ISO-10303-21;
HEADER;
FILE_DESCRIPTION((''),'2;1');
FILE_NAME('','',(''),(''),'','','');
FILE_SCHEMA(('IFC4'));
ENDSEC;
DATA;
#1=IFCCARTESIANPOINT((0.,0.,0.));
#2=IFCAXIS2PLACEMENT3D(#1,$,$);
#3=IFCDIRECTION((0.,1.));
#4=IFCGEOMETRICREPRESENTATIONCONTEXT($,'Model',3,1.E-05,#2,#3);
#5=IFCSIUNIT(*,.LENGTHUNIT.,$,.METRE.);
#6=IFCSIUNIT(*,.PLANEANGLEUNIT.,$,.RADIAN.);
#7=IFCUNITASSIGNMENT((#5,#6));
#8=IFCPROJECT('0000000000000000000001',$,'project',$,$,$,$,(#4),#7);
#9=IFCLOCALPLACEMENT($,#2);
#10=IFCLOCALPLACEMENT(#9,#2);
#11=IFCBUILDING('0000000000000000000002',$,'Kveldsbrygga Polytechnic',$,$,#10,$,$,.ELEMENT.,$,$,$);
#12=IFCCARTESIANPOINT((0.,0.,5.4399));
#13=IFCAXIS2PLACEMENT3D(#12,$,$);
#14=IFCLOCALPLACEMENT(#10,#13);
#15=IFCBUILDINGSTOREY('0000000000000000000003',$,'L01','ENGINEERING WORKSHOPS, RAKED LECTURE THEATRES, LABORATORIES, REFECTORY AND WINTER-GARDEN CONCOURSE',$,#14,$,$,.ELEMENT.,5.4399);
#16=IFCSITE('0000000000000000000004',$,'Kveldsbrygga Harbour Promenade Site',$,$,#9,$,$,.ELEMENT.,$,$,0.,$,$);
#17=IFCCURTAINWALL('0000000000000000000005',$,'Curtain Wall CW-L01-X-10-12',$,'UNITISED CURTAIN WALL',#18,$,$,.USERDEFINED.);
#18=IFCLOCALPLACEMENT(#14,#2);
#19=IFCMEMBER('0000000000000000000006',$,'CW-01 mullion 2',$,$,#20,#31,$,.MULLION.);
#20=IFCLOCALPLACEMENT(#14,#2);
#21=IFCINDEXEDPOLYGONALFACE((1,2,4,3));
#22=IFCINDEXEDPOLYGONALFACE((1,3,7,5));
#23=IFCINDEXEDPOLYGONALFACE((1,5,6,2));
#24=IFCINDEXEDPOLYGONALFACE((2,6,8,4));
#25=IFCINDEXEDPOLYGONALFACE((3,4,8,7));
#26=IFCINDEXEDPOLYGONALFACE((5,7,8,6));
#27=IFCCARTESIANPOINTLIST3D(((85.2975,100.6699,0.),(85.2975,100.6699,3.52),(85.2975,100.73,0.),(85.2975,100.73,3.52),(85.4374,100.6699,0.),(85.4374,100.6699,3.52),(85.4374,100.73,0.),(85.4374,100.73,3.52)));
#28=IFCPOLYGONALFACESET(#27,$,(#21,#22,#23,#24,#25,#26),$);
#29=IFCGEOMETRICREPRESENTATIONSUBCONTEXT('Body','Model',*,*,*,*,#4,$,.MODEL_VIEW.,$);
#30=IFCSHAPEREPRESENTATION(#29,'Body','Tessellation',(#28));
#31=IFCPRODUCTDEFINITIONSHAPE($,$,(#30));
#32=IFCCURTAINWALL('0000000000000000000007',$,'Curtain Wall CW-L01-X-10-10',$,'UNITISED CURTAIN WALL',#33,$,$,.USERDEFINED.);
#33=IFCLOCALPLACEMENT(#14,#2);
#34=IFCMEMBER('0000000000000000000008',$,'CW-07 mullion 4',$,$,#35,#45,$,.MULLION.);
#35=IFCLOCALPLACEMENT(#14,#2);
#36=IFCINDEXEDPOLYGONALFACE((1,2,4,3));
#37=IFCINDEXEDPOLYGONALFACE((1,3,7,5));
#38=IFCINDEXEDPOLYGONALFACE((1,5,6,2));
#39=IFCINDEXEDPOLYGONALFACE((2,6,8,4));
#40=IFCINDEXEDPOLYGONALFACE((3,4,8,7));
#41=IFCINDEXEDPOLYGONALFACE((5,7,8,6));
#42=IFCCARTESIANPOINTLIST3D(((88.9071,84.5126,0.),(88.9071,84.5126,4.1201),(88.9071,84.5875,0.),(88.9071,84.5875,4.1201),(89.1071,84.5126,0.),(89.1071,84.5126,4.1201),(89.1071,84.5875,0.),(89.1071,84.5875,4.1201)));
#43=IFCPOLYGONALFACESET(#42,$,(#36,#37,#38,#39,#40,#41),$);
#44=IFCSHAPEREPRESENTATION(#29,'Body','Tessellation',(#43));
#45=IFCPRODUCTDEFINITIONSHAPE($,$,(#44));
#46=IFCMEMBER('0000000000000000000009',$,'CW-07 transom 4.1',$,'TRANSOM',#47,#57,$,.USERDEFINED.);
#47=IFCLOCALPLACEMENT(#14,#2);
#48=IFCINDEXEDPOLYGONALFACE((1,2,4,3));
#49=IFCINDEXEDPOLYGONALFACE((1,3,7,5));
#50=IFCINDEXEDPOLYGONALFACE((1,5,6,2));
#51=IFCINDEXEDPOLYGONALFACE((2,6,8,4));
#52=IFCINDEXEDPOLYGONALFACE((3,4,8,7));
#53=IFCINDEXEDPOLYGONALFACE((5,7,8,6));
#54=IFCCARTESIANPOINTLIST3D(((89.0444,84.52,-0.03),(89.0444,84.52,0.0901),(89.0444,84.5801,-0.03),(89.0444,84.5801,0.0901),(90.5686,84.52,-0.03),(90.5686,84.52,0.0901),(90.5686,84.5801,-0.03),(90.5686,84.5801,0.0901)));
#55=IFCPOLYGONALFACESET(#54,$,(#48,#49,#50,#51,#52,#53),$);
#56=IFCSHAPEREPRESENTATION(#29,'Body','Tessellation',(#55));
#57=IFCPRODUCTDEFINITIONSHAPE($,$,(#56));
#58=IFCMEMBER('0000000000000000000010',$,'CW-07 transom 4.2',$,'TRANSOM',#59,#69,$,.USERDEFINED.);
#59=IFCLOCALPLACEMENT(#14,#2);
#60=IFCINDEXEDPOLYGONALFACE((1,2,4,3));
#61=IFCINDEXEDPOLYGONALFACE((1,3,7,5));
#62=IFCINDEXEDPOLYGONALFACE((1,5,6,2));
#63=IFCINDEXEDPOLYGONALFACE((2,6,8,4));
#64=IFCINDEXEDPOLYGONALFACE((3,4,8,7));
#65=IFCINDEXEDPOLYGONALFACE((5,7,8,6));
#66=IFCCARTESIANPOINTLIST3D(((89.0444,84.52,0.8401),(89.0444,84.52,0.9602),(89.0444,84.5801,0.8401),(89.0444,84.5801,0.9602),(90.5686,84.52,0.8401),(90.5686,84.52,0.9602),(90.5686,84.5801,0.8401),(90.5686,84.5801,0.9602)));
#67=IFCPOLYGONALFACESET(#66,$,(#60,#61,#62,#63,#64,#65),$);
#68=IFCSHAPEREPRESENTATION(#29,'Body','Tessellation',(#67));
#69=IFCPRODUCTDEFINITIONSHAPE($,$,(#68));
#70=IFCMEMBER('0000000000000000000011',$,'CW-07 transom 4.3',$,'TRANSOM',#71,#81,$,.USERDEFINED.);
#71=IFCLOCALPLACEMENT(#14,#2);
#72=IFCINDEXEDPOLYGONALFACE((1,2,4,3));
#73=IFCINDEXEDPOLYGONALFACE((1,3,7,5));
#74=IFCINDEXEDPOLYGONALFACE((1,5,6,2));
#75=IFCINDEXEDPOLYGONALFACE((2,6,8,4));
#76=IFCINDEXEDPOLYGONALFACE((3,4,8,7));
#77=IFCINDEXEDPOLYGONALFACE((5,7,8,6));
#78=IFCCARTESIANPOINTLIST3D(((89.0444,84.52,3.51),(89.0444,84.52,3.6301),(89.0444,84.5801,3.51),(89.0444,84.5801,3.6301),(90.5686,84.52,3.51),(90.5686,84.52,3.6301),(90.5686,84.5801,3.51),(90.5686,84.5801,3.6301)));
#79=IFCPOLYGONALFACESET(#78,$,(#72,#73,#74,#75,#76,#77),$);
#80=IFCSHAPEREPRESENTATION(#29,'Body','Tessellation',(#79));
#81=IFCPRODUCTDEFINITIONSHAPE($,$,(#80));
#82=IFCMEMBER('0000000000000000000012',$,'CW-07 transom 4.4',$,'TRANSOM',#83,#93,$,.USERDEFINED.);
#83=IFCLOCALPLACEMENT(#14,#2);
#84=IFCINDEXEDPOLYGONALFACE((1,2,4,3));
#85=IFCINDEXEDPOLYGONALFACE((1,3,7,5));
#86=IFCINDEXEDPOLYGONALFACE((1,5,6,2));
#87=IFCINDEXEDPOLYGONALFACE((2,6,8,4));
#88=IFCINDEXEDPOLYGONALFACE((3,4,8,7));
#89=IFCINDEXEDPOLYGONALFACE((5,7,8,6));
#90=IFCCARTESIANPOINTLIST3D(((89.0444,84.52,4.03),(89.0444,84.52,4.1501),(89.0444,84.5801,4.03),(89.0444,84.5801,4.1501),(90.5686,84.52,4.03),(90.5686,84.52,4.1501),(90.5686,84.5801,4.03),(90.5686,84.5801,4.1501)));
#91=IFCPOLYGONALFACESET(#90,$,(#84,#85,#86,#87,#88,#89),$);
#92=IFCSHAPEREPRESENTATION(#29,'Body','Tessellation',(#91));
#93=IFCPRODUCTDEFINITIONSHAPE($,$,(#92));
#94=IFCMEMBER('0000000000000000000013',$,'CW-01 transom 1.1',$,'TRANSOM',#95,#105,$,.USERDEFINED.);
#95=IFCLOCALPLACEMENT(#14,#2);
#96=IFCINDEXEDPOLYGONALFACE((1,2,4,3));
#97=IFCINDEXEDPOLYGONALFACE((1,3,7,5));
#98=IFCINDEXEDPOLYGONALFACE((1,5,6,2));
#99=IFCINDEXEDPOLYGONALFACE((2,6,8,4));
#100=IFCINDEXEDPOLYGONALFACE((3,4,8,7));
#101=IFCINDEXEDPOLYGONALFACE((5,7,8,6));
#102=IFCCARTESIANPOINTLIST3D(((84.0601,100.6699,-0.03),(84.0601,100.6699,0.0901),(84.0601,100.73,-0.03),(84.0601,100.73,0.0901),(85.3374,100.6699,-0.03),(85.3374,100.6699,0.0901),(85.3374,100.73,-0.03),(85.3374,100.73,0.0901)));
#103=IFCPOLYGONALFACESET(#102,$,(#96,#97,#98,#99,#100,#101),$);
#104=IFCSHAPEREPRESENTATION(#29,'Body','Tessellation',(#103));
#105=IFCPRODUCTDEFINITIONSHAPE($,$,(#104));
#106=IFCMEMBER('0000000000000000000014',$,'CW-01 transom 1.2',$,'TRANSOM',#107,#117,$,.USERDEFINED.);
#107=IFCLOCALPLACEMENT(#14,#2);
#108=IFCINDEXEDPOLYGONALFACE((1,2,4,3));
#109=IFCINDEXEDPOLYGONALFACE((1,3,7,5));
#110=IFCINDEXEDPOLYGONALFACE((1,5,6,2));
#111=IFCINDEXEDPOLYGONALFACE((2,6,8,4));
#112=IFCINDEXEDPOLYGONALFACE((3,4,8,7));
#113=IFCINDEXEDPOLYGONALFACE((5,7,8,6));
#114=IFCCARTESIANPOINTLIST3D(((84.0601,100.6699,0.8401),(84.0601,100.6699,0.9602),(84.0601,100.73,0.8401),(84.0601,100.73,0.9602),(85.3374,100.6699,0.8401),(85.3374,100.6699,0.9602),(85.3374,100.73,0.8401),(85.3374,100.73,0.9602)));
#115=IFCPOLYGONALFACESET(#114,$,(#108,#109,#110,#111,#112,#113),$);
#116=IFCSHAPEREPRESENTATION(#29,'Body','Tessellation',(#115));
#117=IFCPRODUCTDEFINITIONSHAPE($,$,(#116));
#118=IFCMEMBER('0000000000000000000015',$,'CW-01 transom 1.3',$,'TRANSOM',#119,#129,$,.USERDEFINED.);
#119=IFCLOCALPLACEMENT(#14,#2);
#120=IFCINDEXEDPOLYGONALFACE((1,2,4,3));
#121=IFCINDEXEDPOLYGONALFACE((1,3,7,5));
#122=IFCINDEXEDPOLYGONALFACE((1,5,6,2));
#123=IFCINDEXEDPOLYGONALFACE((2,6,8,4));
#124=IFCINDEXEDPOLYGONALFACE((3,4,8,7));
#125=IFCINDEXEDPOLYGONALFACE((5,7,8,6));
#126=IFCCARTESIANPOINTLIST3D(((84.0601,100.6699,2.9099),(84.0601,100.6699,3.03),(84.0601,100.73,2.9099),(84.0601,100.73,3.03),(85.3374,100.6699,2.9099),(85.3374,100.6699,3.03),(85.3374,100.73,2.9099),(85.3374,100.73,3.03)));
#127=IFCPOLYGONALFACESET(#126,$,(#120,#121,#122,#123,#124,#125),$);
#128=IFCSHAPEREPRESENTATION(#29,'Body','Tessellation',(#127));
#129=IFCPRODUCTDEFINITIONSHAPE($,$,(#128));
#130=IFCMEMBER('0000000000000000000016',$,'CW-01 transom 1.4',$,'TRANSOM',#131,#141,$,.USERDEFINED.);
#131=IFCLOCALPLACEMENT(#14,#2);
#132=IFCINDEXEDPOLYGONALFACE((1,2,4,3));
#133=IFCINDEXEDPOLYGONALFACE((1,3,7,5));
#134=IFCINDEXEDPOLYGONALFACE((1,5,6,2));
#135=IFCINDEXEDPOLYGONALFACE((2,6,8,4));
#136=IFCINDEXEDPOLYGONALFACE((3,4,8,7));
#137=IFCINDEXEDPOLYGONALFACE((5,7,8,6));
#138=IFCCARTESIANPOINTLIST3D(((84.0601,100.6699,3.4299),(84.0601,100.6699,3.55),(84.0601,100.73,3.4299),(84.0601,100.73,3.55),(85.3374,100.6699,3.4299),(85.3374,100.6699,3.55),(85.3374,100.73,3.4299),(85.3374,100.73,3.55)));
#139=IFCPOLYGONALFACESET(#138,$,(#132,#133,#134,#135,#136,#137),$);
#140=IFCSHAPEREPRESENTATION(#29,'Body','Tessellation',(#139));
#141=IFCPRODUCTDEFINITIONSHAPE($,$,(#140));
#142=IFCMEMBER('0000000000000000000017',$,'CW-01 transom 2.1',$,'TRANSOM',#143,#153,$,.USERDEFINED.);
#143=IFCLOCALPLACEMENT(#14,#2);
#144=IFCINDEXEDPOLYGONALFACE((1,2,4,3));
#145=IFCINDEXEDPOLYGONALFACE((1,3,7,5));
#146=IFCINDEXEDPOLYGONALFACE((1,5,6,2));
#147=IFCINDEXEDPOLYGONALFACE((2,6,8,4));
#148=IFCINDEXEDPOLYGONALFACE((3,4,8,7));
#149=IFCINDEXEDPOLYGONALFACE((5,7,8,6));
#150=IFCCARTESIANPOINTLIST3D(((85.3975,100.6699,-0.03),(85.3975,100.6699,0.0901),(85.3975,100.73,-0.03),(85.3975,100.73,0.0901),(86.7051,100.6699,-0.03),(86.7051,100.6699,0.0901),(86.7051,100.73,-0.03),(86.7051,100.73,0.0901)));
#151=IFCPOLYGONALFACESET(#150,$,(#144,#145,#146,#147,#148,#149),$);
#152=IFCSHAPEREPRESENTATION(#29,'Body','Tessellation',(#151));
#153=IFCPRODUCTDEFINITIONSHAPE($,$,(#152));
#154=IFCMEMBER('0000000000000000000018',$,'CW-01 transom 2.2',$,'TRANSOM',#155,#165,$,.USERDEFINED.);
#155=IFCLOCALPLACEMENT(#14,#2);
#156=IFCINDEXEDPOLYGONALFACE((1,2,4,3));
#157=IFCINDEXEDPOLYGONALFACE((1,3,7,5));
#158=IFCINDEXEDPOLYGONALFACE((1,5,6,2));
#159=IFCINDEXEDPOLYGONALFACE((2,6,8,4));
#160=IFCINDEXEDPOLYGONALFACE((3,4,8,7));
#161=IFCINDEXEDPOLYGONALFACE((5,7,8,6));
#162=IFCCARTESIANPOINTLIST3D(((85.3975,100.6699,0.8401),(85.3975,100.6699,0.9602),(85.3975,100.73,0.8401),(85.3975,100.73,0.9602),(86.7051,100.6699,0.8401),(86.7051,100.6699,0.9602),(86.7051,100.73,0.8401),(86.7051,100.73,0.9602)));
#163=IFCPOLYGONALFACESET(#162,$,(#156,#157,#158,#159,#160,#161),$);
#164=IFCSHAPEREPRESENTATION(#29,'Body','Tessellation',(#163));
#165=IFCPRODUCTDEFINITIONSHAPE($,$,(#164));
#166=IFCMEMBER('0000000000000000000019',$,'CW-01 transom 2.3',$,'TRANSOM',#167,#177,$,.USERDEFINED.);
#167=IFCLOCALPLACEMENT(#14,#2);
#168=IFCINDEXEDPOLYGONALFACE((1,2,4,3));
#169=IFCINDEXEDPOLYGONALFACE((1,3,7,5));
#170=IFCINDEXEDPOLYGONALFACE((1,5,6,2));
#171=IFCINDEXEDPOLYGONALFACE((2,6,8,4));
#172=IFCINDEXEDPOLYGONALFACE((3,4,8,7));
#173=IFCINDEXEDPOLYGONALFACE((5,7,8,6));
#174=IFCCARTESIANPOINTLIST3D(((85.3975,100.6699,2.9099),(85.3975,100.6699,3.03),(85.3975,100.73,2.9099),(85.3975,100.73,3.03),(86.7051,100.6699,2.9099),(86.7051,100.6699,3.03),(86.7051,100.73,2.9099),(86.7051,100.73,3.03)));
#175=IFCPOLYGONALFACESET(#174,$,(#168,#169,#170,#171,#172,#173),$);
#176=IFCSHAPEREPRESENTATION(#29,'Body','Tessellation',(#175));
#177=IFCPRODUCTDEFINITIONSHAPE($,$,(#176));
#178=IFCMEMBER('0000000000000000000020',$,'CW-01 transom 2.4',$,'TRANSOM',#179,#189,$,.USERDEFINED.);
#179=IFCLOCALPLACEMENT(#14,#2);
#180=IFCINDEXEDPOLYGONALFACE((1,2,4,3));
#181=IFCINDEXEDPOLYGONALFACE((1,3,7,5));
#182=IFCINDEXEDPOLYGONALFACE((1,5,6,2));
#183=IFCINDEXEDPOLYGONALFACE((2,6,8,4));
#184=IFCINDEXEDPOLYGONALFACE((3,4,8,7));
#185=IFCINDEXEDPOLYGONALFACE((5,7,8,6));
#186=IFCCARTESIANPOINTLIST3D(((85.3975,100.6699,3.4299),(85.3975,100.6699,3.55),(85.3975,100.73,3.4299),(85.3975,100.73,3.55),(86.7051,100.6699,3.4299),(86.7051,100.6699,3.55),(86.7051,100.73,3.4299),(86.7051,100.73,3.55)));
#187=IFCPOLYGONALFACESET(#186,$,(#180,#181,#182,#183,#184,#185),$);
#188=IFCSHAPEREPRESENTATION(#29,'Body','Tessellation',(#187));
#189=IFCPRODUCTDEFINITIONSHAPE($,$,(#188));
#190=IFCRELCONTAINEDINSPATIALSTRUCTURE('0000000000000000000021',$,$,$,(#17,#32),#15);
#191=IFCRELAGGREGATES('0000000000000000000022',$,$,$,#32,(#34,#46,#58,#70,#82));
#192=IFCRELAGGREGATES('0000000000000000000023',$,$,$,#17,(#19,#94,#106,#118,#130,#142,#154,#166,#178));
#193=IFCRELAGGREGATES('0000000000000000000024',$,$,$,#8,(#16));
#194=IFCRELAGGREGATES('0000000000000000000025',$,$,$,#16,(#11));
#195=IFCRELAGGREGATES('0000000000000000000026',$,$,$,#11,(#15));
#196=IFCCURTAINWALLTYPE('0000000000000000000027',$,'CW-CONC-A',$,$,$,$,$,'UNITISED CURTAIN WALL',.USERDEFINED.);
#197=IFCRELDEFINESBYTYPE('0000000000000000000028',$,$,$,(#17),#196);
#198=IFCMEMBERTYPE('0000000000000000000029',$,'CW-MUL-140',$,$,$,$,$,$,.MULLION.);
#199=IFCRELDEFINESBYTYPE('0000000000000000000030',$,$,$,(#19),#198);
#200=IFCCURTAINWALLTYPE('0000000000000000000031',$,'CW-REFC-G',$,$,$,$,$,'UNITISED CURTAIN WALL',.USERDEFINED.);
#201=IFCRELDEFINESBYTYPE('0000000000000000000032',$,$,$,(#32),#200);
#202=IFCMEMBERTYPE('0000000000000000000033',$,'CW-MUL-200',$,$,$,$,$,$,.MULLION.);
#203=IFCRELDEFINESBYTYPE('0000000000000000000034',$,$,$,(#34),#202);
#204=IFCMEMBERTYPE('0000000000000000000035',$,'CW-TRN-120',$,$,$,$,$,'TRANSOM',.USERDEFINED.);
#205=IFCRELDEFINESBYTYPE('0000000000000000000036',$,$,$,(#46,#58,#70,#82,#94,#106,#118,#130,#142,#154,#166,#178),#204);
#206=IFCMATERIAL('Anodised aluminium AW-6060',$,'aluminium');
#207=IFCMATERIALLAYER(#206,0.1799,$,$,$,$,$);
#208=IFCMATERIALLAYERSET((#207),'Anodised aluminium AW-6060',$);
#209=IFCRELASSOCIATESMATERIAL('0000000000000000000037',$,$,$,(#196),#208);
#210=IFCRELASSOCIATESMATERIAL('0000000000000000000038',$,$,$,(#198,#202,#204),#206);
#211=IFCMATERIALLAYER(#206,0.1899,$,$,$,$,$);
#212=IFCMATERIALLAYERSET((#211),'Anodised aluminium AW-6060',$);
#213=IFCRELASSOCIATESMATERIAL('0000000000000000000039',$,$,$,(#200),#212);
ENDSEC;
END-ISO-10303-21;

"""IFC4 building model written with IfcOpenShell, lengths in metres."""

from ifc_helpers import new_model, si_unit, direction, frame, origin, origin_2d, place, context, subcontext, project, spatial, rectangle, extrude, material, layer, layer_set, material_profile, profile_set, type_object, element, aggregate, save


model = new_model("IFC4")

# Units and contexts
model_context = context("Model", 3, precision=1e-05, world=origin(), true_north=direction((0.0, 1.0)))
body_context = subcontext(model_context, "Body", "Model", "MODEL_VIEW")
ifc_project = project(units=[si_unit("LENGTHUNIT", "METRE"), si_unit("PLANEANGLEUNIT", "RADIAN")], contexts=[model_context])

# Site, building, storey
site_placement = place(None, origin())
site = spatial("IfcSite", under=ifc_project, at=site_placement, Name="Kveldsbrygga Harbour Promenade Site", CompositionType="ELEMENT", RefElevation=0.0)
building_placement = place(site_placement, origin())
building = spatial("IfcBuilding", under=site, at=building_placement, Name="Kveldsbrygga Polytechnic", CompositionType="ELEMENT")
storey_placement = place(building_placement, frame((0.0, 0.0, 5.4399)))
storey = spatial("IfcBuildingStorey", under=building, at=storey_placement, Name="L01", Description="ENGINEERING WORKSHOPS, RAKED LECTURE THEATRES, LABORATORIES, REFECTORY AND WINTER-GARDEN CONCOURSE", CompositionType="ELEMENT", Elevation=5.4399)

# Curtain wall, member
ifc_material_1 = material(Name="Anodised aluminium AW-6060", Category="aluminium")
ifc_layer_1 = layer(ifc_material_1, 0.1799)
ifc_layer_set_1 = layer_set([ifc_layer_1], Name="Anodised aluminium AW-6060")
curtain_wall_type_1 = type_object("IfcCurtainWallType", Name="CW-CONC-A", ElementType="UNITISED CURTAIN WALL", PredefinedType="USERDEFINED", material=ifc_layer_set_1)
curtain_wall_1_placement = place(storey_placement, origin())
curtain_wall_1 = element("IfcCurtainWall", 1, at=curtain_wall_1_placement, inside=storey, type_object=curtain_wall_type_1, Name="Curtain Wall CW-L01-X-10-12", ObjectType="UNITISED CURTAIN WALL", PredefinedType="USERDEFINED")
ifc_material_profile_1 = material_profile(ifc_material_1, rectangle(XDim=0.0601, YDim=0.1399, at=origin_2d()), Name="ALU 60x140")
ifc_profile_set_1 = profile_set([ifc_material_profile_1], Name="Anodised aluminium AW-6060")
member_type_1 = type_object("IfcMemberType", Name="CW-MUL-140", PredefinedType="MULLION", material=ifc_profile_set_1)
member_1_placement = place(storey_placement, frame((85.3674, 100.7, 0.0), z_axis=(0.0, 0.0, 1.0), x_axis=(0.0, 1.0, 0.0)))
member_1 = element("IfcMember", 2, at=member_1_placement, type_object=member_type_1, Name="CW-01 mullion 2", PredefinedType="MULLION", context=body_context, shape_type="SweptSolid", body=[
    extrude(rectangle(XDim=0.0601, YDim=0.1399, at=origin_2d()), origin(), (0.0, 0.0, 1.0), 3.52),
])

# Curtain wall, members
ifc_layer_2 = layer(ifc_material_1, 0.1899)
ifc_layer_set_2 = layer_set([ifc_layer_2], Name="Anodised aluminium AW-6060")
curtain_wall_type_2 = type_object("IfcCurtainWallType", Name="CW-REFC-G", ElementType="UNITISED CURTAIN WALL", PredefinedType="USERDEFINED", material=ifc_layer_set_2)
curtain_wall_2_placement = place(storey_placement, origin())
curtain_wall_2 = element("IfcCurtainWall", 3, at=curtain_wall_2_placement, inside=storey, type_object=curtain_wall_type_2, Name="Curtain Wall CW-L01-X-10-10", ObjectType="UNITISED CURTAIN WALL", PredefinedType="USERDEFINED")
ifc_material_profile_2 = material_profile(ifc_material_1, rectangle(XDim=0.075, YDim=0.2, at=origin_2d()), Name="ALU 75x200")
ifc_profile_set_2 = profile_set([ifc_material_profile_2], Name="Anodised aluminium AW-6060")
member_type_2 = type_object("IfcMemberType", Name="CW-MUL-200", PredefinedType="MULLION", material=ifc_profile_set_2)
member_2_placement = place(storey_placement, frame((89.0071, 84.55, 0.0), z_axis=(0.0, 0.0, 1.0), x_axis=(0.0, 1.0, 0.0)))
member_2 = element("IfcMember", 4, at=member_2_placement, type_object=member_type_2, Name="CW-07 mullion 4", PredefinedType="MULLION", context=body_context, shape_type="SweptSolid", body=[
    extrude(rectangle(XDim=0.075, YDim=0.2, at=origin_2d()), origin(), (0.0, 0.0, 1.0), 4.1201),
])
ifc_material_profile_3 = material_profile(ifc_material_1, rectangle(XDim=0.0601, YDim=0.1201, at=origin_2d()), Name="ALU 60x120")
ifc_profile_set_3 = profile_set([ifc_material_profile_3], Name="Anodised aluminium AW-6060")
member_type_3 = type_object("IfcMemberType", Name="CW-TRN-120", ElementType="TRANSOM", PredefinedType="USERDEFINED", material=ifc_profile_set_3)
member_3_placement = place(storey_placement, frame((89.0444, 84.55, 0.03), z_axis=(1.0, 0.0, 0.0), x_axis=(0.0, 1.0, 0.0)))
member_3 = element("IfcMember", 5, at=member_3_placement, type_object=member_type_3, Name="CW-07 transom 4.1", ObjectType="TRANSOM", PredefinedType="USERDEFINED", context=body_context, shape_type="SweptSolid", body=[
    extrude(rectangle(XDim=0.0601, YDim=0.1201, at=origin_2d()), origin(), (0.0, 0.0, 1.0), 1.5242),
])
member_4_placement = place(storey_placement, frame((89.0444, 84.55, 0.9001), z_axis=(1.0, 0.0, 0.0), x_axis=(0.0, 1.0, 0.0)))
member_4 = element("IfcMember", 6, at=member_4_placement, type_object=member_type_3, Name="CW-07 transom 4.2", ObjectType="TRANSOM", PredefinedType="USERDEFINED", context=body_context, shape_type="SweptSolid", body=[
    extrude(rectangle(XDim=0.0601, YDim=0.1201, at=origin_2d()), origin(), (0.0, 0.0, 1.0), 1.5242),
])
member_5_placement = place(storey_placement, frame((89.0444, 84.55, 3.5701), z_axis=(1.0, 0.0, 0.0), x_axis=(0.0, 1.0, 0.0)))
member_5 = element("IfcMember", 7, at=member_5_placement, type_object=member_type_3, Name="CW-07 transom 4.3", ObjectType="TRANSOM", PredefinedType="USERDEFINED", context=body_context, shape_type="SweptSolid", body=[
    extrude(rectangle(XDim=0.0601, YDim=0.1201, at=origin_2d()), origin(), (0.0, 0.0, 1.0), 1.5242),
])
member_6_placement = place(storey_placement, frame((89.0444, 84.55, 4.0901), z_axis=(1.0, 0.0, 0.0), x_axis=(0.0, 1.0, 0.0)))
member_6 = element("IfcMember", 8, at=member_6_placement, type_object=member_type_3, Name="CW-07 transom 4.4", ObjectType="TRANSOM", PredefinedType="USERDEFINED", context=body_context, shape_type="SweptSolid", body=[
    extrude(rectangle(XDim=0.0601, YDim=0.1201, at=origin_2d()), origin(), (0.0, 0.0, 1.0), 1.5242),
])

# Members
member_7_placement = place(storey_placement, frame((84.0601, 100.7, 0.03), z_axis=(1.0, 0.0, 0.0), x_axis=(0.0, 1.0, 0.0)))
member_7 = element("IfcMember", 9, at=member_7_placement, type_object=member_type_3, Name="CW-01 transom 1.1", ObjectType="TRANSOM", PredefinedType="USERDEFINED", context=body_context, shape_type="SweptSolid", body=[
    extrude(rectangle(XDim=0.0601, YDim=0.1201, at=origin_2d()), origin(), (0.0, 0.0, 1.0), 1.2773),
])
member_8_placement = place(storey_placement, frame((84.0601, 100.7, 0.9001), z_axis=(1.0, 0.0, 0.0), x_axis=(0.0, 1.0, 0.0)))
member_8 = element("IfcMember", 10, at=member_8_placement, type_object=member_type_3, Name="CW-01 transom 1.2", ObjectType="TRANSOM", PredefinedType="USERDEFINED", context=body_context, shape_type="SweptSolid", body=[
    extrude(rectangle(XDim=0.0601, YDim=0.1201, at=origin_2d()), origin(), (0.0, 0.0, 1.0), 1.2773),
])
member_9_placement = place(storey_placement, frame((84.0601, 100.7, 2.97), z_axis=(1.0, 0.0, 0.0), x_axis=(0.0, 1.0, 0.0)))
member_9 = element("IfcMember", 11, at=member_9_placement, type_object=member_type_3, Name="CW-01 transom 1.3", ObjectType="TRANSOM", PredefinedType="USERDEFINED", context=body_context, shape_type="SweptSolid", body=[
    extrude(rectangle(XDim=0.0601, YDim=0.1201, at=origin_2d()), origin(), (0.0, 0.0, 1.0), 1.2773),
])
member_10_placement = place(storey_placement, frame((84.0601, 100.7, 3.49), z_axis=(1.0, 0.0, 0.0), x_axis=(0.0, 1.0, 0.0)))
member_10 = element("IfcMember", 12, at=member_10_placement, type_object=member_type_3, Name="CW-01 transom 1.4", ObjectType="TRANSOM", PredefinedType="USERDEFINED", context=body_context, shape_type="SweptSolid", body=[
    extrude(rectangle(XDim=0.0601, YDim=0.1201, at=origin_2d()), origin(), (0.0, 0.0, 1.0), 1.2773),
])
member_11_placement = place(storey_placement, frame((85.3975, 100.7, 0.03), z_axis=(1.0, 0.0, 0.0), x_axis=(0.0, 1.0, 0.0)))
member_11 = element("IfcMember", 13, at=member_11_placement, type_object=member_type_3, Name="CW-01 transom 2.1", ObjectType="TRANSOM", PredefinedType="USERDEFINED", context=body_context, shape_type="SweptSolid", body=[
    extrude(rectangle(XDim=0.0601, YDim=0.1201, at=origin_2d()), origin(), (0.0, 0.0, 1.0), 1.3076),
])
member_12_placement = place(storey_placement, frame((85.3975, 100.7, 0.9001), z_axis=(1.0, 0.0, 0.0), x_axis=(0.0, 1.0, 0.0)))
member_12 = element("IfcMember", 14, at=member_12_placement, type_object=member_type_3, Name="CW-01 transom 2.2", ObjectType="TRANSOM", PredefinedType="USERDEFINED", context=body_context, shape_type="SweptSolid", body=[
    extrude(rectangle(XDim=0.0601, YDim=0.1201, at=origin_2d()), origin(), (0.0, 0.0, 1.0), 1.3076),
])
member_13_placement = place(storey_placement, frame((85.3975, 100.7, 2.97), z_axis=(1.0, 0.0, 0.0), x_axis=(0.0, 1.0, 0.0)))
member_13 = element("IfcMember", 15, at=member_13_placement, type_object=member_type_3, Name="CW-01 transom 2.3", ObjectType="TRANSOM", PredefinedType="USERDEFINED", context=body_context, shape_type="SweptSolid", body=[
    extrude(rectangle(XDim=0.0601, YDim=0.1201, at=origin_2d()), origin(), (0.0, 0.0, 1.0), 1.3076),
])
member_14_placement = place(storey_placement, frame((85.3975, 100.7, 3.49), z_axis=(1.0, 0.0, 0.0), x_axis=(0.0, 1.0, 0.0)))
member_14 = element("IfcMember", 16, at=member_14_placement, type_object=member_type_3, Name="CW-01 transom 2.4", ObjectType="TRANSOM", PredefinedType="USERDEFINED", context=body_context, shape_type="SweptSolid", body=[
    extrude(rectangle(XDim=0.0601, YDim=0.1201, at=origin_2d()), origin(), (0.0, 0.0, 1.0), 1.3076),
])

aggregate(curtain_wall_2, [member_2, member_3, member_4, member_5, member_6])
aggregate(curtain_wall_1, [member_1, member_7, member_8, member_9, member_10, member_11, member_12, member_13, member_14])

save(model, "model.ifc")
